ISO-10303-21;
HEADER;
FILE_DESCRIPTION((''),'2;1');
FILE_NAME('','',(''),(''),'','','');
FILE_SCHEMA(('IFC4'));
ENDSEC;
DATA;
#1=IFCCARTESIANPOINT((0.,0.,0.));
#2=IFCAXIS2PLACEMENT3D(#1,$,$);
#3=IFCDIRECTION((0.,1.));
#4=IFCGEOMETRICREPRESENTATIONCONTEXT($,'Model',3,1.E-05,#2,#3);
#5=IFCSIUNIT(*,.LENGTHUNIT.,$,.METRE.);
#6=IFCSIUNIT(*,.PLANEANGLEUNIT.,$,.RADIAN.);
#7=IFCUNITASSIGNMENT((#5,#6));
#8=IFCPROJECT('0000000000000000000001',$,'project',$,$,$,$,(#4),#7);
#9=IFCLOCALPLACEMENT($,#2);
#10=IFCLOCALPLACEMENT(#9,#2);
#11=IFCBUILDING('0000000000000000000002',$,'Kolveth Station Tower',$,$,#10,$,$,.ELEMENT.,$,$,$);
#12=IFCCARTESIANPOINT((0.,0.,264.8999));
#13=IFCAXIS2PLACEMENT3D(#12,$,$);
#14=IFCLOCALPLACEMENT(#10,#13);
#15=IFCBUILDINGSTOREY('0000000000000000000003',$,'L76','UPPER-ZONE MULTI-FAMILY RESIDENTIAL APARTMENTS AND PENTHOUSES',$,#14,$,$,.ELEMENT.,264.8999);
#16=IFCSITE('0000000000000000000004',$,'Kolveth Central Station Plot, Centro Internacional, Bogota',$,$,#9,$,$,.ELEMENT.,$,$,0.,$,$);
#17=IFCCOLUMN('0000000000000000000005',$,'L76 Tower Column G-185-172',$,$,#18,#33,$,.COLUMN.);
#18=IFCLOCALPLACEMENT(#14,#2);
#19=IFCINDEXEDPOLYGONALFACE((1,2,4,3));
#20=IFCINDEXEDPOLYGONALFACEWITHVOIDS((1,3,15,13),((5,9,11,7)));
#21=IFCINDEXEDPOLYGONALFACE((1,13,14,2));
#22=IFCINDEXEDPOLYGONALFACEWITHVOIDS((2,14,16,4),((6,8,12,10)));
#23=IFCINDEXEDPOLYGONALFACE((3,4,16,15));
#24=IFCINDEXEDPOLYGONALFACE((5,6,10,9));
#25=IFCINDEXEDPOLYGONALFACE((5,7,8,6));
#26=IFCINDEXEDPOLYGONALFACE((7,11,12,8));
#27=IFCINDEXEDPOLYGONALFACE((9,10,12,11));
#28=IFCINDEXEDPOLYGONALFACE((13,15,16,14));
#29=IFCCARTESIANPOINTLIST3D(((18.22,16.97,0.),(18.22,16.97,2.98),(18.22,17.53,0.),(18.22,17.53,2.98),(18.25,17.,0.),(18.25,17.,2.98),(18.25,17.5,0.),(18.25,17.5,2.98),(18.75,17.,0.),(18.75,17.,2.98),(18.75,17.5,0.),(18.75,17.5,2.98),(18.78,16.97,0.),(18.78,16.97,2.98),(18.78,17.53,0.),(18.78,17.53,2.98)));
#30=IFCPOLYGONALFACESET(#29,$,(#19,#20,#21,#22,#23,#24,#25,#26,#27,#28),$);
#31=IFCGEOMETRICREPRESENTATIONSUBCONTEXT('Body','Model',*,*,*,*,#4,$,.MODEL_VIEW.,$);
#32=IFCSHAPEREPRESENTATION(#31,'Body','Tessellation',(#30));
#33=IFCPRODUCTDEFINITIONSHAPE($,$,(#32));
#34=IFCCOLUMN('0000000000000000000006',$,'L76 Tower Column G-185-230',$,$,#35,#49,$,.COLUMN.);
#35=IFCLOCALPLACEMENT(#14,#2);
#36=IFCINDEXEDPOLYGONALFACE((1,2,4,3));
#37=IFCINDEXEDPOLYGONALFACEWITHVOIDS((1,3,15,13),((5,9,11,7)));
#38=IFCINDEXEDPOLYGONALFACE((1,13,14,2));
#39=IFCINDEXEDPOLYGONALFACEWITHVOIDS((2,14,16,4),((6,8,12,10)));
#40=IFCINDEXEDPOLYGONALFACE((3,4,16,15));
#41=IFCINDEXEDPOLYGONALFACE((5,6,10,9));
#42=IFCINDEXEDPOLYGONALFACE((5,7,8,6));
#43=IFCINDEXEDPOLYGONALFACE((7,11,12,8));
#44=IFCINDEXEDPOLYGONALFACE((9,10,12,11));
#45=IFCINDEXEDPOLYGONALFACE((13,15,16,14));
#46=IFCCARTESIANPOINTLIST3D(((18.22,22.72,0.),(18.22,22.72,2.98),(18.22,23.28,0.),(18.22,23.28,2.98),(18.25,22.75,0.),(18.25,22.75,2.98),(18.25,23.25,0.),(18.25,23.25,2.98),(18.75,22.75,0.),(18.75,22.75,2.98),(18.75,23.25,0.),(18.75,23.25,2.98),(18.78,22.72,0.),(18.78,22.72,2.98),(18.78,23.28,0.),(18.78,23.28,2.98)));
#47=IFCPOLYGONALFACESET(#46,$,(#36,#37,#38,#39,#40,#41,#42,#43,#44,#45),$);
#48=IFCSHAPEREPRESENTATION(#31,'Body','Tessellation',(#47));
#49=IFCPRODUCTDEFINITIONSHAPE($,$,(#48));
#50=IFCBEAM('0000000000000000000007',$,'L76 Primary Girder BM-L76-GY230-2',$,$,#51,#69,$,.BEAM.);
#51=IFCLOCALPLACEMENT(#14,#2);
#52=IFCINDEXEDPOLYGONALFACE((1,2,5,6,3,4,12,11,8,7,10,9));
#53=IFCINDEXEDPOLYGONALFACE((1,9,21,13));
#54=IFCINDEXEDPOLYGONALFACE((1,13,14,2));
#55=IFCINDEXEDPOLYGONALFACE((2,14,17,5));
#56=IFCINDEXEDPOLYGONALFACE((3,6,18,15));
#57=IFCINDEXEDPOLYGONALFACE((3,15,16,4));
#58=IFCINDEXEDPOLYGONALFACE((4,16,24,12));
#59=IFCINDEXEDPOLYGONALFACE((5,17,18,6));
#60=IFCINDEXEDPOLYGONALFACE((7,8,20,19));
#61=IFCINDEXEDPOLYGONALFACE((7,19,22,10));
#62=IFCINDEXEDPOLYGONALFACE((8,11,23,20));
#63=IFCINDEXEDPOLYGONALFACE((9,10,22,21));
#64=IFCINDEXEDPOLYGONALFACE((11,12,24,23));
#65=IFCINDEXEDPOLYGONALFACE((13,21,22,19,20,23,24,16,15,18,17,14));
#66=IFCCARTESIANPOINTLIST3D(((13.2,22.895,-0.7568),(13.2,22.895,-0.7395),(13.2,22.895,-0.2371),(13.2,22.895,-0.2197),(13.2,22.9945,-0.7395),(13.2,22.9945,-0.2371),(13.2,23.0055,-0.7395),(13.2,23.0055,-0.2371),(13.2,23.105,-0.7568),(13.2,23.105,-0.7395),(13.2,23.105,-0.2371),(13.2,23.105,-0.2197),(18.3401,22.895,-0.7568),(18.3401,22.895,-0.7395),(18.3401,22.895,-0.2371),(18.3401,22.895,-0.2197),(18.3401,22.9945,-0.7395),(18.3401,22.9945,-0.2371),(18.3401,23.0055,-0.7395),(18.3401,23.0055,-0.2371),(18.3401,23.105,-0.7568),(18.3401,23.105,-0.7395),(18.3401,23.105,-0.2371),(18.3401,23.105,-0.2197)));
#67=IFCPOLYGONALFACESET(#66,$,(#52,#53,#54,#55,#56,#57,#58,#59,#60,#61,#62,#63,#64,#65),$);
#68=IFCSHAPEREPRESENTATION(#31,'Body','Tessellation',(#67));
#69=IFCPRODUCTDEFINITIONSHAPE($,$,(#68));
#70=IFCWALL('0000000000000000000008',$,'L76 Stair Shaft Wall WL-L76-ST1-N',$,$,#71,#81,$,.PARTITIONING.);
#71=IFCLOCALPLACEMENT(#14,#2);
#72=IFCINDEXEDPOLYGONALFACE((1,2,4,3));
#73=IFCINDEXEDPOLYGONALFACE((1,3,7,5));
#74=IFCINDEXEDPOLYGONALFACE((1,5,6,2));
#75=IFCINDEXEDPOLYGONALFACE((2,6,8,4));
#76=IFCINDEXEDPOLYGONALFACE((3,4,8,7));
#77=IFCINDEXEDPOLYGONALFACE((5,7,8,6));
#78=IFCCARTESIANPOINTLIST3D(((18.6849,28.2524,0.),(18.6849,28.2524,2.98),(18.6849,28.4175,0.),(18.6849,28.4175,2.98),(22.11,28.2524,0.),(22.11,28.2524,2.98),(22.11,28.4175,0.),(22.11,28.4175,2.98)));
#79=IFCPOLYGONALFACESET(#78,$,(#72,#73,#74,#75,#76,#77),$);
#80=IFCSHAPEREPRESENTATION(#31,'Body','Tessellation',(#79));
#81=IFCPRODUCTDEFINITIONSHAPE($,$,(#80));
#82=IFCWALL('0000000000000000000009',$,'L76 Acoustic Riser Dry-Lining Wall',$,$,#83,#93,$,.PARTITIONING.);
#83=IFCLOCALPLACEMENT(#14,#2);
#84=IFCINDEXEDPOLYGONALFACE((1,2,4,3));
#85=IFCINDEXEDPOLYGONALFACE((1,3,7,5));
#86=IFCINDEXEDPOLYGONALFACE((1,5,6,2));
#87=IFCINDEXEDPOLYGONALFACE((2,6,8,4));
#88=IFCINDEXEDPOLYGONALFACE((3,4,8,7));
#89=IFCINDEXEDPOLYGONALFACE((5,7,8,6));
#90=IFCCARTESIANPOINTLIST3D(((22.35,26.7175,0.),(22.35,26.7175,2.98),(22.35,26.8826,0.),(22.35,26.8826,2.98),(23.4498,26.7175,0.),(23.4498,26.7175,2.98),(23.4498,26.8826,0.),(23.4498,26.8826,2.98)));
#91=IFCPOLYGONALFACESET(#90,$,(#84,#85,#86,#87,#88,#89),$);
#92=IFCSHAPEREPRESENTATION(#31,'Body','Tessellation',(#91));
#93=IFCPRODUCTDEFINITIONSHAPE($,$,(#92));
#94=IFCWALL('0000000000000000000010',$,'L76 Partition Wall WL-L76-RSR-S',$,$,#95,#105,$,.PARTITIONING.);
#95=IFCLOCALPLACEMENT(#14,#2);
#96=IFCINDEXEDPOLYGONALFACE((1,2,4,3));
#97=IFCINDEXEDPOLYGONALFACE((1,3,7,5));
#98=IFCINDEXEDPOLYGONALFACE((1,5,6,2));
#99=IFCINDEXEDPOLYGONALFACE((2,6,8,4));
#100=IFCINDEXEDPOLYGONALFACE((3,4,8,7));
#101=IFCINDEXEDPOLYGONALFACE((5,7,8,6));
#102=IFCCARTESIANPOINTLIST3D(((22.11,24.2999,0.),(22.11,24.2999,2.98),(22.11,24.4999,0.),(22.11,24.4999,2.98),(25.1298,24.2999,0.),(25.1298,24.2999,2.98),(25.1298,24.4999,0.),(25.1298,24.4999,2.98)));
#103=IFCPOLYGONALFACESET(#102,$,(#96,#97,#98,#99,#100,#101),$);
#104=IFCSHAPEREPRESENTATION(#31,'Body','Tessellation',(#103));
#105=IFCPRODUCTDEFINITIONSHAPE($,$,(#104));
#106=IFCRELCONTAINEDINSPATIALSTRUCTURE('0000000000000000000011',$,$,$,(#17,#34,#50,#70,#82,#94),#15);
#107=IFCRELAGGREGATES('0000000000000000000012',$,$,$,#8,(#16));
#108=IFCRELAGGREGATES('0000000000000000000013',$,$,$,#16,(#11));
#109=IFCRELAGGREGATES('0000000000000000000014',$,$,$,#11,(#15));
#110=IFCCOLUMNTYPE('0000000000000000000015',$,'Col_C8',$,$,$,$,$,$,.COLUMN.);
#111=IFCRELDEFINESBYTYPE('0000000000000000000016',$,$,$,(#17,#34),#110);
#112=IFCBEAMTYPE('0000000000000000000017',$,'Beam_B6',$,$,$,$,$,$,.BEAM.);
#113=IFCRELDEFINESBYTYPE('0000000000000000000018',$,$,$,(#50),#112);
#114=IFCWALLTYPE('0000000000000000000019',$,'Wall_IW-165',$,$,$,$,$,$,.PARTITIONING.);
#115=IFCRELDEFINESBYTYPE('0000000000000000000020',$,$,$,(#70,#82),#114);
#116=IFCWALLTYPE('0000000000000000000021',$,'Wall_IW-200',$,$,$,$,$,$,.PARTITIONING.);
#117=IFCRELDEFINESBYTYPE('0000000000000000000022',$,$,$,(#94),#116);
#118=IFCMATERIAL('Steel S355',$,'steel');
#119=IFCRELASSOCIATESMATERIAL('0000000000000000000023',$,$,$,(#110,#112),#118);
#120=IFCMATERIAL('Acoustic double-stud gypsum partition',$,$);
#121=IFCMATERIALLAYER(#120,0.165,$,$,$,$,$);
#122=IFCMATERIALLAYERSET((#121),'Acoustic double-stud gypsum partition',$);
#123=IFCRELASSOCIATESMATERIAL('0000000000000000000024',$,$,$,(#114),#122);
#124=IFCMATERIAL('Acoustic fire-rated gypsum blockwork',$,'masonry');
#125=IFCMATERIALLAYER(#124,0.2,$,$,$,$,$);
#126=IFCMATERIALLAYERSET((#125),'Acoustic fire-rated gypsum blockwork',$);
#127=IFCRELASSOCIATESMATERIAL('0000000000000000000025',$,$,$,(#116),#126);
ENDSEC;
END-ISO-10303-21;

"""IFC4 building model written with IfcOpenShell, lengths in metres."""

from ifc_helpers import new_model, si_unit, direction, frame, frame_2d, origin, origin_2d, place, context, subcontext, project, spatial, rectangle, hollow_rectangle, i_section, extrude, source, transform, mapped, material, layer, layer_set, material_profile, profile_set, type_object, element, save


model = new_model("IFC4")

# Units and contexts
model_context = context("Model", 3, precision=1e-05, world=origin(), true_north=direction((0.0, 1.0)))
body_context = subcontext(model_context, "Body", "Model", "MODEL_VIEW")
ifc_project = project(units=[si_unit("LENGTHUNIT", "METRE"), si_unit("PLANEANGLEUNIT", "RADIAN")], contexts=[model_context])

# Site, building, storey
site_placement = place(None, origin())
site = spatial("IfcSite", under=ifc_project, at=site_placement, Name="Kolveth Central Station Plot, Centro Internacional, Bogota", CompositionType="ELEMENT", RefElevation=0.0)
building_placement = place(site_placement, origin())
building = spatial("IfcBuilding", under=site, at=building_placement, Name="Kolveth Station Tower", CompositionType="ELEMENT")
storey_placement = place(building_placement, frame((0.0, 0.0, 264.8999)))
storey = spatial("IfcBuildingStorey", under=building, at=storey_placement, Name="L76", Description="UPPER-ZONE MULTI-FAMILY RESIDENTIAL APARTMENTS AND PENTHOUSES", CompositionType="ELEMENT", Elevation=264.8999)

# Columns
ifc_material_1 = material(Name="Steel S355", Category="steel")
ifc_material_profile_1 = material_profile(ifc_material_1, hollow_rectangle(XDim=0.5601, YDim=0.5601, WallThickness=0.03, at=origin_2d()), Name="BOX560x560x30")
ifc_profile_set_1 = profile_set([ifc_material_profile_1], Name="Steel S355")
column_type = type_object("IfcColumnType", Name="Col_C8", PredefinedType="COLUMN", material=ifc_profile_set_1)
shared_shape_1 = source(origin(), body_context, "Body", "SweptSolid", [
    extrude(hollow_rectangle(XDim=0.5601, YDim=0.5601, WallThickness=0.03, at=origin_2d()), origin(), (0.0, 0.0, 1.0), 2.98),
])
for number, where, z_axis, x_axis, name in (
    (1, (18.5, 17.25, 0.0), (0.0, 0.0, 1.0), (1.0, 0.0, 0.0), "L76 Tower Column G-185-172"),
    (2, (18.5, 23.0, 0.0), (0.0, 0.0, 1.0), (1.0, 0.0, 0.0), "L76 Tower Column G-185-230"),
):
    element("IfcColumn", number, at=place(storey_placement, frame(where, z_axis=z_axis, x_axis=x_axis)), inside=storey, type_object=column_type, Name=name, PredefinedType="COLUMN", context=body_context, shape_type="MappedRepresentation", body=[
        mapped(shared_shape_1, transform((0.0, 0.0, 0.0), x_axis=(1.0, 0.0, 0.0), y_axis=(0.0, 1.0, 0.0), z_axis=(0.0, 0.0, 1.0), scale=1.0)),
    ])

# Beam
ifc_material_profile_2 = material_profile(ifc_material_1, i_section(OverallWidth=0.21, OverallDepth=0.5371, WebThickness=0.011, FlangeThickness=0.0173, at=origin_2d()), Name="W530x101")
ifc_profile_set_2 = profile_set([ifc_material_profile_2], Name="Steel S355")
beam_type = type_object("IfcBeamType", Name="Beam_B6", PredefinedType="BEAM", material=ifc_profile_set_2)
shared_shape_2 = source(origin(), body_context, "Body", "SweptSolid", [
    extrude(i_section(OverallWidth=0.21, OverallDepth=0.5371, WebThickness=0.011, FlangeThickness=0.0173, at=origin_2d()), origin(), (0.0, 0.0, 1.0), 5.1401),
])
beam_placement = place(storey_placement, frame((13.2, 23.0, -0.4883), z_axis=(1.0, 0.0, 0.0), x_axis=(0.0, 1.0, 0.0)))
element("IfcBeam", 3, at=beam_placement, inside=storey, type_object=beam_type, Name="L76 Primary Girder BM-L76-GY230-2", PredefinedType="BEAM", context=body_context, shape_type="MappedRepresentation", body=[
    mapped(shared_shape_2, transform((0.0, 0.0, 0.0), x_axis=(1.0, 0.0, 0.0), y_axis=(0.0, 1.0, 0.0), z_axis=(0.0, 0.0, 1.0), scale=1.0)),
])

# Walls
ifc_material_2 = material(Name="Acoustic double-stud gypsum partition")
ifc_layer_1 = layer(ifc_material_2, 0.165)
ifc_layer_set_1 = layer_set([ifc_layer_1], Name="Acoustic double-stud gypsum partition")
wall_type_1 = type_object("IfcWallType", Name="Wall_IW-165", PredefinedType="PARTITIONING", material=ifc_layer_set_1)
wall_1_placement = place(storey_placement, frame((18.6851, 28.335, 0.0), z_axis=(0.0, 0.0, 1.0), x_axis=(1.0, 0.0, 0.0)))
element("IfcWall", 4, at=wall_1_placement, inside=storey, type_object=wall_type_1, Name="L76 Stair Shaft Wall WL-L76-ST1-N", PredefinedType="PARTITIONING", context=body_context, shape_type="SweptSolid", body=[
    extrude(rectangle(XDim=3.425, YDim=0.165, at=frame_2d((1.7124, 0.0))), origin(), (0.0, 0.0, 1.0), 2.98),
])
wall_2_placement = place(storey_placement, frame((22.3501, 26.8, 0.0), z_axis=(0.0, 0.0, 1.0), x_axis=(1.0, 0.0, 0.0)))
element("IfcWall", 5, at=wall_2_placement, inside=storey, type_object=wall_type_1, Name="L76 Acoustic Riser Dry-Lining Wall", PredefinedType="PARTITIONING", context=body_context, shape_type="SweptSolid", body=[
    extrude(rectangle(XDim=1.0999, YDim=0.165, at=frame_2d((0.5498, 0.0))), origin(), (0.0, 0.0, 1.0), 2.98),
])
ifc_material_3 = material(Name="Acoustic fire-rated gypsum blockwork", Category="masonry")
ifc_layer_2 = layer(ifc_material_3, 0.2)
ifc_layer_set_2 = layer_set([ifc_layer_2], Name="Acoustic fire-rated gypsum blockwork")
wall_type_2 = type_object("IfcWallType", Name="Wall_IW-200", PredefinedType="PARTITIONING", material=ifc_layer_set_2)
wall_3_placement = place(storey_placement, frame((22.1101, 24.3999, 0.0), z_axis=(0.0, 0.0, 1.0), x_axis=(1.0, 0.0, 0.0)))
element("IfcWall", 6, at=wall_3_placement, inside=storey, type_object=wall_type_2, Name="L76 Partition Wall WL-L76-RSR-S", PredefinedType="PARTITIONING", context=body_context, shape_type="SweptSolid", body=[
    extrude(rectangle(XDim=3.0198, YDim=0.2, at=frame_2d((1.5098, 0.0))), origin(), (0.0, 0.0, 1.0), 2.98),
])

save(model, "model.ifc")
